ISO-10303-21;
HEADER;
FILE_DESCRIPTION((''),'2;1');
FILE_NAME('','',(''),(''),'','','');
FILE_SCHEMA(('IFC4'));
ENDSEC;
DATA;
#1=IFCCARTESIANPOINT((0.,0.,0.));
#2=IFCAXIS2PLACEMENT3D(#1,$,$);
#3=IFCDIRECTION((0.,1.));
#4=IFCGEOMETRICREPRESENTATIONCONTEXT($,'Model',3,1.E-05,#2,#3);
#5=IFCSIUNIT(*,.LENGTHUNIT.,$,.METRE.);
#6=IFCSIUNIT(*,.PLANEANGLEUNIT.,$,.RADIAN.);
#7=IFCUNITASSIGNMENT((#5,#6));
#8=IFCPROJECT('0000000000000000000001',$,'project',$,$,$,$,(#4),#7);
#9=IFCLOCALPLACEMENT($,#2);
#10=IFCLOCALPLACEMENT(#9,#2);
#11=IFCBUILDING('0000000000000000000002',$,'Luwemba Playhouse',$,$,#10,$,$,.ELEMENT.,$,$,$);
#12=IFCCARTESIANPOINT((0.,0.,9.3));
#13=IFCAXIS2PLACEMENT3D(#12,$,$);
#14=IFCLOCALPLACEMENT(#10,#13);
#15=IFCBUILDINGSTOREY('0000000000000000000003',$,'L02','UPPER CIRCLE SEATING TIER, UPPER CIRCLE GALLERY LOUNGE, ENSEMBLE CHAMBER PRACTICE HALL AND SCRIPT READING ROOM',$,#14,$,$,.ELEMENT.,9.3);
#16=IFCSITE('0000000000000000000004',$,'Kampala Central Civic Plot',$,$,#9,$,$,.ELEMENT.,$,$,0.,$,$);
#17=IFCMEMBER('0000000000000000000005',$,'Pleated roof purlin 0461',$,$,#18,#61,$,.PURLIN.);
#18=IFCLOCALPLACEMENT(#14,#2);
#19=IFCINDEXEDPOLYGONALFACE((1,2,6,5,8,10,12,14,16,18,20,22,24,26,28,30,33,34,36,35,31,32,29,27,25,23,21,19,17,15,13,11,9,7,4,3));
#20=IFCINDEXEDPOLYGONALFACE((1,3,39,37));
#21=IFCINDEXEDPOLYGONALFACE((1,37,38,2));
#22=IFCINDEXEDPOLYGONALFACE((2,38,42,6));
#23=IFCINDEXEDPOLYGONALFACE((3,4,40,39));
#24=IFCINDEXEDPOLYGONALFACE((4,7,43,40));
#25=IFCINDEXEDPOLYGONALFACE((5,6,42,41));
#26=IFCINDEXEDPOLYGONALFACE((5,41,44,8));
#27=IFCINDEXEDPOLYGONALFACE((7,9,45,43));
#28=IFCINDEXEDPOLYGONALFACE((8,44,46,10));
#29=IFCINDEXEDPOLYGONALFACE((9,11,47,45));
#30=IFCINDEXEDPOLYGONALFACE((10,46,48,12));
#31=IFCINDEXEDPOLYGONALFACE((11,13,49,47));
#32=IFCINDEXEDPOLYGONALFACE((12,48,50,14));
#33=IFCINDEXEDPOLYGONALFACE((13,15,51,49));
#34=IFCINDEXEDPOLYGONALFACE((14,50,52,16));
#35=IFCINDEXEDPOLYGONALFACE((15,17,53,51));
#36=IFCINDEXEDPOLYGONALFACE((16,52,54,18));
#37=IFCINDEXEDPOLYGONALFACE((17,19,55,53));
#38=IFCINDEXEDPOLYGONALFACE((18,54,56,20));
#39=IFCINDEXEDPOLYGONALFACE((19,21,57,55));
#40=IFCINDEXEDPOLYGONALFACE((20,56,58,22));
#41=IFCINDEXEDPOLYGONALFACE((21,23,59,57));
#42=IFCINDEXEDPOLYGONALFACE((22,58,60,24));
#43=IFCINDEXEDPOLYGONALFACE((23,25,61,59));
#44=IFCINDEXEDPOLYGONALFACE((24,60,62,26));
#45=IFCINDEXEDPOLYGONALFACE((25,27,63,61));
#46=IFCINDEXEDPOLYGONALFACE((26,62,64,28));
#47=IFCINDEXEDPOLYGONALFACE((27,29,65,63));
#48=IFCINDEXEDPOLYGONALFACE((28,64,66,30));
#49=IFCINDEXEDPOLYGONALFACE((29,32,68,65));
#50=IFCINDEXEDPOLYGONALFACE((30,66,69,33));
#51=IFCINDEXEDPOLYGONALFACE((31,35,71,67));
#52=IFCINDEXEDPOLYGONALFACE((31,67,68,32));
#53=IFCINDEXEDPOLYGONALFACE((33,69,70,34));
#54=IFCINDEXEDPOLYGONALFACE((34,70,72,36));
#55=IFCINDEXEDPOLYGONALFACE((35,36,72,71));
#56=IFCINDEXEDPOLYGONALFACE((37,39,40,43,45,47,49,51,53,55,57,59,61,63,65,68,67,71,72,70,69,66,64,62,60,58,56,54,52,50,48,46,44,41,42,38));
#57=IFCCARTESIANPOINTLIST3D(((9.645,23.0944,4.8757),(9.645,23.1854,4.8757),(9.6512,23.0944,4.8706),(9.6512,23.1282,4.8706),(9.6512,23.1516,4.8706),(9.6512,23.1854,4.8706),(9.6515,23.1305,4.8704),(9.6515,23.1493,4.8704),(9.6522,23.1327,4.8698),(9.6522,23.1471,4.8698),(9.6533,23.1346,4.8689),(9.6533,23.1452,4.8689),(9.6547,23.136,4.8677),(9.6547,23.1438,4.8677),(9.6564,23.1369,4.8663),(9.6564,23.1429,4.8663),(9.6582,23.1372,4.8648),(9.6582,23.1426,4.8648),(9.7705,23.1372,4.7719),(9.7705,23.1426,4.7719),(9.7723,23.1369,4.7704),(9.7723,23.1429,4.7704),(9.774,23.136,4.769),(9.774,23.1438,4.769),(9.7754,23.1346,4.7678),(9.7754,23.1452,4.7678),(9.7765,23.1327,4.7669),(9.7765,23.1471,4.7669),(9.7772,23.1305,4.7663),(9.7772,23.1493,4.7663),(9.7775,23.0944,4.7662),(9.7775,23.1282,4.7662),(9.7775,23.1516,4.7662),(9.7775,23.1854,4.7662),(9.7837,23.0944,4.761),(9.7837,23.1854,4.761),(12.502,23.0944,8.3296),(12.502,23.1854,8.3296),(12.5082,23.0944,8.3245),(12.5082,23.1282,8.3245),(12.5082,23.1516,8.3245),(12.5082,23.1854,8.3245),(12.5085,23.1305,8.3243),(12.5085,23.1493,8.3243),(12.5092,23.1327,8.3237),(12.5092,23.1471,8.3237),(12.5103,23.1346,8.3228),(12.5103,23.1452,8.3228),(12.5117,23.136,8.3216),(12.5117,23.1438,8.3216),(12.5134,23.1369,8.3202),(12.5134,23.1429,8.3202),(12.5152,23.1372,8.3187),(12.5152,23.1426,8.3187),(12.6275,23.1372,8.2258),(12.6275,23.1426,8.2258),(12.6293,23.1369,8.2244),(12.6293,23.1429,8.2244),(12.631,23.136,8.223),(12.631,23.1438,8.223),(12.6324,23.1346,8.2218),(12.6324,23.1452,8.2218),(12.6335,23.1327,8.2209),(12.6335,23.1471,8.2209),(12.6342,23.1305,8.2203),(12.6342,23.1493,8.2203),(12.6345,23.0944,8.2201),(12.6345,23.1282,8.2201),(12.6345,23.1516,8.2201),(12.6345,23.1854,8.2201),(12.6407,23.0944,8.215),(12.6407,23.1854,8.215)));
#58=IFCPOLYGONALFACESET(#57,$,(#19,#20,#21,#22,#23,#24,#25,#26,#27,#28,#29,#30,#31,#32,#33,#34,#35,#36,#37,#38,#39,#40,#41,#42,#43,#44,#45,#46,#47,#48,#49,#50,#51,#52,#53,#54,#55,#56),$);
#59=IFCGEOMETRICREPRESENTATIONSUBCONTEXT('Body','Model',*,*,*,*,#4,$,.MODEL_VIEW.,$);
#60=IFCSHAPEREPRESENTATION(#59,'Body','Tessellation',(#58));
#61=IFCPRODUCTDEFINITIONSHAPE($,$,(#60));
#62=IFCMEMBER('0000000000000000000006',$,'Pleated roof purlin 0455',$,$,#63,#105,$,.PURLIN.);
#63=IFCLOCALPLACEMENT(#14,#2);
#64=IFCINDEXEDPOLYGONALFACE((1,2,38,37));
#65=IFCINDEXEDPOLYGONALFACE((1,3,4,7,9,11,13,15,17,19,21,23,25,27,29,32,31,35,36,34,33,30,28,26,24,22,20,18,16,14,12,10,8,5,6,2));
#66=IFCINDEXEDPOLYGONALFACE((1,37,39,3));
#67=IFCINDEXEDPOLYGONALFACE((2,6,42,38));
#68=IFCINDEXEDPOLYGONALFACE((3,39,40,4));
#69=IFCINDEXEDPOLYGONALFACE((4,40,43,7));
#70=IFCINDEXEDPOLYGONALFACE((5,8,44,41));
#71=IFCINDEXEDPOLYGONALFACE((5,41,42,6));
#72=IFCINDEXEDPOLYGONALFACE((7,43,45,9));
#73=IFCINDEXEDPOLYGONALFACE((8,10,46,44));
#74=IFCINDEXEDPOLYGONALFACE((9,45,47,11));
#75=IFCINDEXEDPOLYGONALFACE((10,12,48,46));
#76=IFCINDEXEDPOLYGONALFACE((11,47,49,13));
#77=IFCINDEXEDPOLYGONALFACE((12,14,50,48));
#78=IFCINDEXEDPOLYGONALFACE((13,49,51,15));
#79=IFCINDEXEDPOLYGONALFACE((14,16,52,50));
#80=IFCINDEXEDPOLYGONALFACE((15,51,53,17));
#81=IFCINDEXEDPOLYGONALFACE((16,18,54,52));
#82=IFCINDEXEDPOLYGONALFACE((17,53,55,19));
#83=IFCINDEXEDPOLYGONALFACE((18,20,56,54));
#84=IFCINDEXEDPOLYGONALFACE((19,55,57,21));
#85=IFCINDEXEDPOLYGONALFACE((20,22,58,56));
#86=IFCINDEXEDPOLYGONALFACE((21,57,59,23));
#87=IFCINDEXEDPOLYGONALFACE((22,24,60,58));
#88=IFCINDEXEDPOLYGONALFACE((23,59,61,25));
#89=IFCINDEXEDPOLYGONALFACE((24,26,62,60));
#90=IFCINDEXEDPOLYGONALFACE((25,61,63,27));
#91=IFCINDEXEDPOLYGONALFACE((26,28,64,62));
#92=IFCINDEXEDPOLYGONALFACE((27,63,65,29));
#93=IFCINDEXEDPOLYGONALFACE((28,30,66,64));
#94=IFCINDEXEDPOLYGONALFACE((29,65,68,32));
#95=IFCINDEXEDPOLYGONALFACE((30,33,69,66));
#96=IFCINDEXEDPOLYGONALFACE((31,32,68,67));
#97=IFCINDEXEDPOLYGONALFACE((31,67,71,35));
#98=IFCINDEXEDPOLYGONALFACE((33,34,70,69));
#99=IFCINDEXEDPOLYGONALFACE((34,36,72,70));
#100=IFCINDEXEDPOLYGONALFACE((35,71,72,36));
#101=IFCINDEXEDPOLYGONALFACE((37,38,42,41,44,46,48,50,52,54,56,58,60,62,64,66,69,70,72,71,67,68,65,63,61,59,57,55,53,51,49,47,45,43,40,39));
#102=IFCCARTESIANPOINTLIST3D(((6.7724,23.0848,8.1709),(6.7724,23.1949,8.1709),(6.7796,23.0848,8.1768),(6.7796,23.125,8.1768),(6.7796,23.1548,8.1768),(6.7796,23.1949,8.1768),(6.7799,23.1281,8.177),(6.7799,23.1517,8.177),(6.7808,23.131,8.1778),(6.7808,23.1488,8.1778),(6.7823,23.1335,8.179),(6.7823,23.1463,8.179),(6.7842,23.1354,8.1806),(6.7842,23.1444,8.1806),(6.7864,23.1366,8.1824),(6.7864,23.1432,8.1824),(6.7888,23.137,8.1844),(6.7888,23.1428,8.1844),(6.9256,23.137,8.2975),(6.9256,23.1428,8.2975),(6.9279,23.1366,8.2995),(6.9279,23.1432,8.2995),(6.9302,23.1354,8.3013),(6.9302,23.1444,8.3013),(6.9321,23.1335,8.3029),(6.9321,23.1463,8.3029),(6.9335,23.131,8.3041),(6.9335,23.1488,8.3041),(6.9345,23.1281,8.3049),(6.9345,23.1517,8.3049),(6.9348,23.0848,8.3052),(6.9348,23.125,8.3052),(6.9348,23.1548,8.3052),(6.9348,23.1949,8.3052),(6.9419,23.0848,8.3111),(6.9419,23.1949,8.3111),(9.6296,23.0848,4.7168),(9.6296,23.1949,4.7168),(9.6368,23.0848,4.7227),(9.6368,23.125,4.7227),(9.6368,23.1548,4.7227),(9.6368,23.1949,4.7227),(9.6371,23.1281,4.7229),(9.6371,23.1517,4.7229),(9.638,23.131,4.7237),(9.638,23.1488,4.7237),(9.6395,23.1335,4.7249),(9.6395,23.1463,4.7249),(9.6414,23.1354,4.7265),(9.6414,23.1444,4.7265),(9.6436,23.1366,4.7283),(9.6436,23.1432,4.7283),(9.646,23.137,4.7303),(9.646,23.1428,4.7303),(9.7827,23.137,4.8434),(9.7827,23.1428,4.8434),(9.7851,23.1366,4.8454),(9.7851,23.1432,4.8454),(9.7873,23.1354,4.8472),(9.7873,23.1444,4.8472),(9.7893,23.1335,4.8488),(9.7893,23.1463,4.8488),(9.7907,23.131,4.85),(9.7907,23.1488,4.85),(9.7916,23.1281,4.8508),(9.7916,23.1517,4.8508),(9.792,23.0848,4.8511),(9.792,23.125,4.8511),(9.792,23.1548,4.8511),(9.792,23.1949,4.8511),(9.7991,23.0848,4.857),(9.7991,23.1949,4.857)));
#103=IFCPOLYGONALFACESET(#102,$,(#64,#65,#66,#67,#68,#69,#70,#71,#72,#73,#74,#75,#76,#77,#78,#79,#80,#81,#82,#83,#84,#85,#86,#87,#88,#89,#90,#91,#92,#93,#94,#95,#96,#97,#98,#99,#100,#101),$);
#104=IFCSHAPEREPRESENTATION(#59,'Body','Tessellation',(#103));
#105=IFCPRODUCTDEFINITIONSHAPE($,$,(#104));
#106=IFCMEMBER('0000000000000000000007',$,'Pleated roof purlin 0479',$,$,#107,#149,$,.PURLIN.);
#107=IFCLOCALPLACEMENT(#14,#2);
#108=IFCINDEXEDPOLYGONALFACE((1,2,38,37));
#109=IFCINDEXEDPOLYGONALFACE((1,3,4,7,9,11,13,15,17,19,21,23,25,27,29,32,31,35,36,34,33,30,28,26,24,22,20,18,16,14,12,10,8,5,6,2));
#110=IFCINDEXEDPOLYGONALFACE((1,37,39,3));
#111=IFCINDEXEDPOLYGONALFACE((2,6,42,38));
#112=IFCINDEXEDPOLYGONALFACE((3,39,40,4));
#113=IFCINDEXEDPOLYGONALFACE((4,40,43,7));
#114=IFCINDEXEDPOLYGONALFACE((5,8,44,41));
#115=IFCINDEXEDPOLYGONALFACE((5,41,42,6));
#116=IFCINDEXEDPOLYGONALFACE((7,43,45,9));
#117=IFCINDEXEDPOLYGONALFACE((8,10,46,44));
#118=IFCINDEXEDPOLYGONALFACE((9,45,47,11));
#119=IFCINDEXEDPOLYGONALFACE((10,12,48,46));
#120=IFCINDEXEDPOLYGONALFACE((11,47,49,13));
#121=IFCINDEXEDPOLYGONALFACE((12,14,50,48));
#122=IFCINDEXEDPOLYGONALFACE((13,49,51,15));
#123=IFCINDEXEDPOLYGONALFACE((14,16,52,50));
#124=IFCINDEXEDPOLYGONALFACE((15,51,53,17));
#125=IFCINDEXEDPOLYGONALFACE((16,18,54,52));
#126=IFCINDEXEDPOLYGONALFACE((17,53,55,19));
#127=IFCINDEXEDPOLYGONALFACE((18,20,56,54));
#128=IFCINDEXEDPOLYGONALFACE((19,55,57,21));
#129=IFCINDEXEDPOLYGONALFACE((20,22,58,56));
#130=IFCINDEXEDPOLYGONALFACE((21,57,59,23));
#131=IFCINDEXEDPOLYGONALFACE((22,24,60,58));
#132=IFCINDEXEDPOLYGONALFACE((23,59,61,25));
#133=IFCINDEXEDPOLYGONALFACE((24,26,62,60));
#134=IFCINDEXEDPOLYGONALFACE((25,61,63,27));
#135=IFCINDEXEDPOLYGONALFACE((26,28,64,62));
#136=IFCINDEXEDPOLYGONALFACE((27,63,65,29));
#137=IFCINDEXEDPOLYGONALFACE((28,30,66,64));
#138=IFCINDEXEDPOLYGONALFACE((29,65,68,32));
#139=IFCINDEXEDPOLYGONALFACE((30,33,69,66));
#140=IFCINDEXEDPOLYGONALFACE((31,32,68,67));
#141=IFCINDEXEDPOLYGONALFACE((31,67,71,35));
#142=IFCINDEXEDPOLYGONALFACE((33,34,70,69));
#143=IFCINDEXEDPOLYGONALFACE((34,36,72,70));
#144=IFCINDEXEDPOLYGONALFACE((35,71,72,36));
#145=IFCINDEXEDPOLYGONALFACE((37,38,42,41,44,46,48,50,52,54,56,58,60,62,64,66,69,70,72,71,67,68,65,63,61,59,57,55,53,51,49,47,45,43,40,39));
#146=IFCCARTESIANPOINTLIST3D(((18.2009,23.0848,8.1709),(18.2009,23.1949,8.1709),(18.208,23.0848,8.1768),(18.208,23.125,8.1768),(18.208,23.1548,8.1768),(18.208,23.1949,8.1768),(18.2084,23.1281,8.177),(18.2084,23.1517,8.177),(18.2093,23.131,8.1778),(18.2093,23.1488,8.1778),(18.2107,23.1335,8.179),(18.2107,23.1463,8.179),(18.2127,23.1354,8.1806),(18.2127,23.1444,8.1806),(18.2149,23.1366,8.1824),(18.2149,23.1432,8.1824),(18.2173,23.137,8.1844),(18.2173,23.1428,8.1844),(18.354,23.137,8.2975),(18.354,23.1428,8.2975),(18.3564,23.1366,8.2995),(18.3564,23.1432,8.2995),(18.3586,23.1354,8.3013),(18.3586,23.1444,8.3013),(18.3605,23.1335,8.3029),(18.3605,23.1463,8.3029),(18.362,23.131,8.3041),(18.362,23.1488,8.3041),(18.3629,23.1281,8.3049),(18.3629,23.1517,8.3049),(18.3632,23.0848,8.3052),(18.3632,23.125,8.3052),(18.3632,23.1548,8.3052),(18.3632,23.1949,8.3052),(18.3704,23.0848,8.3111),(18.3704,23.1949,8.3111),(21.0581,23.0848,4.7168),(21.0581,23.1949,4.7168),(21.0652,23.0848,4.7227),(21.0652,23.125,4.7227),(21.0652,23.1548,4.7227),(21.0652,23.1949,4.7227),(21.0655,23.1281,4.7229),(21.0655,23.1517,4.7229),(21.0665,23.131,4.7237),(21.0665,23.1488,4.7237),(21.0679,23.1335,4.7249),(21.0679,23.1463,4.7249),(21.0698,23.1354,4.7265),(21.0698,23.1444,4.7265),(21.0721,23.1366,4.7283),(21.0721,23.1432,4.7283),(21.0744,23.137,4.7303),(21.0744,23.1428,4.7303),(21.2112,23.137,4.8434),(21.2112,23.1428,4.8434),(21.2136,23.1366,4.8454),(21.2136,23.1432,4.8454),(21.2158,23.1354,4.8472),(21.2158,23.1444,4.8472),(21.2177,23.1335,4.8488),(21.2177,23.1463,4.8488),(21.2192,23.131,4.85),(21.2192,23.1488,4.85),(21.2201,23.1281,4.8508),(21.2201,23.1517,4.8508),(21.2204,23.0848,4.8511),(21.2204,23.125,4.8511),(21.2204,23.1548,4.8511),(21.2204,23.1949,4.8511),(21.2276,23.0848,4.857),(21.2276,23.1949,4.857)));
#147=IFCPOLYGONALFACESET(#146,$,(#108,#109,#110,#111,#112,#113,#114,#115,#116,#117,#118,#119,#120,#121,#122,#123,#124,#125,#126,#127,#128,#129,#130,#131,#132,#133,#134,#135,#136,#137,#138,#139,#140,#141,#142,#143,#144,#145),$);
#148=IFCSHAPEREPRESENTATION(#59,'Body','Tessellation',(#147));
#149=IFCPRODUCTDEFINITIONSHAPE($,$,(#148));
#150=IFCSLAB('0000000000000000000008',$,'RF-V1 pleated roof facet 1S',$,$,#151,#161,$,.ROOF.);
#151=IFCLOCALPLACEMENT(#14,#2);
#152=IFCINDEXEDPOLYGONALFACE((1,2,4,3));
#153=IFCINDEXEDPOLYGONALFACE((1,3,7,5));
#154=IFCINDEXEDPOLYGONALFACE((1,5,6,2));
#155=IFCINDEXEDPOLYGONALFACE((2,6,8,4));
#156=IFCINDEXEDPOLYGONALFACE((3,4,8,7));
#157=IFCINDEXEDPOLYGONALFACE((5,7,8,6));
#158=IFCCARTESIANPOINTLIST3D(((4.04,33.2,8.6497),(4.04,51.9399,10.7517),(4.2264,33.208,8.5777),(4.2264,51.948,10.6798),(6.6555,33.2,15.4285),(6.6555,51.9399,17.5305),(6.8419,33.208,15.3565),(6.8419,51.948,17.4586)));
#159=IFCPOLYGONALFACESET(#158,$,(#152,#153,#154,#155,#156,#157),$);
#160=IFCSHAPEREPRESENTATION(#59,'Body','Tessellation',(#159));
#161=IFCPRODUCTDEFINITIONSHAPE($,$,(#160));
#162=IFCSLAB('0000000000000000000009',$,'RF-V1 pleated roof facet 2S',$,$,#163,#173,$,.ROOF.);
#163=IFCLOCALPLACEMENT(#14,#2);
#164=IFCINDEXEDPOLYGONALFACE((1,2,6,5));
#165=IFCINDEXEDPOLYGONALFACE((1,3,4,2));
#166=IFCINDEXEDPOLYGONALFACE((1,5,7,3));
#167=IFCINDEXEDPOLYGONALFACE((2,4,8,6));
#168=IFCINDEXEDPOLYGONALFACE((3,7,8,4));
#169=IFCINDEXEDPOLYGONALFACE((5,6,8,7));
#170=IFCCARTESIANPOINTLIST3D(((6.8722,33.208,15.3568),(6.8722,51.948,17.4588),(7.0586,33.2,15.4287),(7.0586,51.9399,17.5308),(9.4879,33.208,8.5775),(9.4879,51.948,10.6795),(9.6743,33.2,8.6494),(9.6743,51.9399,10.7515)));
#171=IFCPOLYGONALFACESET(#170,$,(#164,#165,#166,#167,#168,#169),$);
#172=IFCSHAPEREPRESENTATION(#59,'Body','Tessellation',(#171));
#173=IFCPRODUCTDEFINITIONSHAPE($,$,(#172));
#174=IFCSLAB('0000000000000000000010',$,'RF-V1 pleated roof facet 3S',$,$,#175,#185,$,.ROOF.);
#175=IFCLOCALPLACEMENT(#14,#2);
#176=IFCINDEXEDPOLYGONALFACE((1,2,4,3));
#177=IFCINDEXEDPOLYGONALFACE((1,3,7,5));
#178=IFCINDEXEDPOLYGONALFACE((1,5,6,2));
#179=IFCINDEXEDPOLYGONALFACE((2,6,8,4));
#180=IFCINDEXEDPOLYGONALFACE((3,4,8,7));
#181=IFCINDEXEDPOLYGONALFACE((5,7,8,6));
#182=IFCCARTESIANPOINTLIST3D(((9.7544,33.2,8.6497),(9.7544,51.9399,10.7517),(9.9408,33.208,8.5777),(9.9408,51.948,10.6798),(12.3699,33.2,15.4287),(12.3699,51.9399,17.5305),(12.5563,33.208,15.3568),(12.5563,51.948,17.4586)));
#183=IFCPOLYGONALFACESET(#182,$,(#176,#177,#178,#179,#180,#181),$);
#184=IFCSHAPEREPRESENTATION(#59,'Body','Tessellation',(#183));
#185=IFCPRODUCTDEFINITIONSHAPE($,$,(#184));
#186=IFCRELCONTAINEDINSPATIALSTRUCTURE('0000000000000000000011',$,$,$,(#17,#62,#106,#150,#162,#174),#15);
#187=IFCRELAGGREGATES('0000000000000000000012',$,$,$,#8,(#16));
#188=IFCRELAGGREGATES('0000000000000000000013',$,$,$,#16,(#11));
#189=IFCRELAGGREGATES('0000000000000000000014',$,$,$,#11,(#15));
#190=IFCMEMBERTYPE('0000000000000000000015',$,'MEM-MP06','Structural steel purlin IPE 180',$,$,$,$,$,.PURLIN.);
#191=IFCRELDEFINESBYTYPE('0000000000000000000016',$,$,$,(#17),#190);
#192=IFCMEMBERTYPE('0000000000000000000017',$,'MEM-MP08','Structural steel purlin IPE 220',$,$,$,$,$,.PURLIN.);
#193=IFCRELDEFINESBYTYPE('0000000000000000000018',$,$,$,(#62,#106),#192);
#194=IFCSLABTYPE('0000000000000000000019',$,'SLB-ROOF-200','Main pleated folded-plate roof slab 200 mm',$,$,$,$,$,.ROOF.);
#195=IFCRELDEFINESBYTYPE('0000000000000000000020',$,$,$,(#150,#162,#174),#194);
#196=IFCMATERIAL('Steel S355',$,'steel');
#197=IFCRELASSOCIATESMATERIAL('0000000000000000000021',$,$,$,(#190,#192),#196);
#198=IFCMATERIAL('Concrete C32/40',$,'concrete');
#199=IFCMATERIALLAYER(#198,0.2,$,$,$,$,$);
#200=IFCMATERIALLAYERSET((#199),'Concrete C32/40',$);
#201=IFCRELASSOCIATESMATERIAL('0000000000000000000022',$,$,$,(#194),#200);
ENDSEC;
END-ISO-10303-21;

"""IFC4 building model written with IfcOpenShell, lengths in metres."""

from ifc_helpers import new_model, si_unit, direction, frame, origin, origin_2d, place, context, subcontext, project, spatial, polyline, i_section, outline, extrude, material, layer, layer_set, material_profile, profile_set, type_object, element, save


model = new_model("IFC4")

# Units and contexts
model_context = context("Model", 3, precision=1e-05, world=origin(), true_north=direction((0.0, 1.0)))
body_context = subcontext(model_context, "Body", "Model", "MODEL_VIEW")
ifc_project = project(units=[si_unit("LENGTHUNIT", "METRE"), si_unit("PLANEANGLEUNIT", "RADIAN")], contexts=[model_context])

# Site, building, storey
site_placement = place(None, origin())
site = spatial("IfcSite", under=ifc_project, at=site_placement, Name="Kampala Central Civic Plot", CompositionType="ELEMENT", RefElevation=0.0)
building_placement = place(site_placement, origin())
building = spatial("IfcBuilding", under=site, at=building_placement, Name="Luwemba Playhouse", CompositionType="ELEMENT")
storey_placement = place(building_placement, frame((0.0, 0.0, 9.3)))
storey = spatial("IfcBuildingStorey", under=building, at=storey_placement, Name="L02", Description="UPPER CIRCLE SEATING TIER, UPPER CIRCLE GALLERY LOUNGE, ENSEMBLE CHAMBER PRACTICE HALL AND SCRIPT READING ROOM", CompositionType="ELEMENT", Elevation=9.3)

# Shared definitions
ifc_material_1 = material(Name="Steel S355", Category="steel")

# Members
ifc_material_profile_1 = material_profile(ifc_material_1, i_section(OverallWidth=0.0911, OverallDepth=0.1799, WebThickness=0.0054, FlangeThickness=0.0081, FilletRadius=0.009, at=origin_2d()))
ifc_profile_set_1 = profile_set([ifc_material_profile_1], Name="Steel S355")
member_type_1 = type_object("IfcMemberType", Name="MEM-MP06", Description="Structural steel purlin IPE 180", PredefinedType="PURLIN", material=ifc_profile_set_1)
member_1_placement = place(storey_placement, frame((9.7144, 23.1399, 4.8184), z_axis=(0.637378, 0.0, 0.770551), x_axis=(0.0, 1.0, 0.0)))
element("IfcMember", 1, at=member_1_placement, inside=storey, type_object=member_type_1, Name="Pleated roof purlin 0461", PredefinedType="PURLIN", context=body_context, shape_type="SweptSolid", body=[
    extrude(i_section(OverallWidth=0.0911, OverallDepth=0.1799, WebThickness=0.0054, FlangeThickness=0.0081, FilletRadius=0.009, at=origin_2d()), origin(), (0.0, 0.0, 1.0), 4.4824),
])
ifc_material_profile_2 = material_profile(ifc_material_1, i_section(OverallWidth=0.1101, OverallDepth=0.22, WebThickness=0.0059, FlangeThickness=0.0093, FilletRadius=0.012, at=origin_2d()))
ifc_profile_set_2 = profile_set([ifc_material_profile_2], Name="Steel S355")
member_type_2 = type_object("IfcMemberType", Name="MEM-MP08", Description="Structural steel purlin IPE 220", PredefinedType="PURLIN", material=ifc_profile_set_2)
for number, where, z_axis, x_axis, name in (
    (2, (6.8572, 23.1399, 8.241), (0.637384, 0.0, -0.770547), (0.0, 1.0, 0.0), "Pleated roof purlin 0455"),
    (3, (18.2856, 23.1399, 8.241), (0.637384, 0.0, -0.770547), (0.0, 1.0, 0.0), "Pleated roof purlin 0479"),
):
    element("IfcMember", number, at=place(storey_placement, frame(where, z_axis=z_axis, x_axis=x_axis)), inside=storey, type_object=member_type_2, Name=name, PredefinedType="PURLIN", context=body_context, shape_type="SweptSolid", body=[
        extrude(i_section(OverallWidth=0.1101, OverallDepth=0.22, WebThickness=0.0059, FlangeThickness=0.0093, FilletRadius=0.012, at=origin_2d()), origin(), (0.0, 0.0, 1.0), 4.4827),
    ])

# Slabs
ifc_material_2 = material(Name="Concrete C32/40", Category="concrete")
ifc_layer_1 = layer(ifc_material_2, 0.2)
ifc_layer_set_1 = layer_set([ifc_layer_1], Name="Concrete C32/40")
slab_type = type_object("IfcSlabType", Name="SLB-ROOF-200", Description="Main pleated folded-plate roof slab 200 mm", PredefinedType="ROOF", material=ifc_layer_set_1)
slab_1_placement = place(storey_placement, frame((4.04, 33.2, 8.6497), z_axis=(-0.932205, -0.040344, 0.359674), x_axis=(0.359967, 0.0, 0.932965)))
element("IfcSlab", 4, at=slab_1_placement, inside=storey, type_object=slab_type, Name="RF-V1 pleated roof facet 1S", PredefinedType="ROOF", context=body_context, shape_type="SweptSolid", body=[
    extrude(outline(polyline([(0.0, 0.0), (7.2659, 0.0), (9.227, 18.7553), (1.9611, 18.7553), (0.0, 0.0)])), origin(), (0.0, 0.0, -1.0), 0.2),
])
slab_2_placement = place(storey_placement, frame((7.0586, 33.2, 15.4287), z_axis=(0.932203, -0.040345, 0.359681), x_axis=(0.359974, 0.0, -0.932962)))
element("IfcSlab", 5, at=slab_2_placement, inside=storey, type_object=slab_type, Name="RF-V1 pleated roof facet 2S", PredefinedType="ROOF", context=body_context, shape_type="SweptSolid", body=[
    extrude(outline(polyline([(0.0, 0.0), (7.2664, 0.0), (5.3053, 18.7553), (-1.9611, 18.7553), (0.0, 0.0)])), origin(), (0.0, 0.0, -1.0), 0.2),
])
slab_3_placement = place(storey_placement, frame((9.7544, 33.2, 8.6497), z_axis=(-0.932208, -0.040341, 0.359669), x_axis=(0.359962, 0.0, 0.932967)))
element("IfcSlab", 6, at=slab_3_placement, inside=storey, type_object=slab_type, Name="RF-V1 pleated roof facet 3S", PredefinedType="ROOF", context=body_context, shape_type="SweptSolid", body=[
    extrude(outline(polyline([(0.0, 0.0), (7.2661, 0.0), (9.227, 18.7553), (1.9611, 18.7553), (0.0, 0.0)])), origin(), (0.0, 0.0, -1.0), 0.2),
])

save(model, "model.ifc")
